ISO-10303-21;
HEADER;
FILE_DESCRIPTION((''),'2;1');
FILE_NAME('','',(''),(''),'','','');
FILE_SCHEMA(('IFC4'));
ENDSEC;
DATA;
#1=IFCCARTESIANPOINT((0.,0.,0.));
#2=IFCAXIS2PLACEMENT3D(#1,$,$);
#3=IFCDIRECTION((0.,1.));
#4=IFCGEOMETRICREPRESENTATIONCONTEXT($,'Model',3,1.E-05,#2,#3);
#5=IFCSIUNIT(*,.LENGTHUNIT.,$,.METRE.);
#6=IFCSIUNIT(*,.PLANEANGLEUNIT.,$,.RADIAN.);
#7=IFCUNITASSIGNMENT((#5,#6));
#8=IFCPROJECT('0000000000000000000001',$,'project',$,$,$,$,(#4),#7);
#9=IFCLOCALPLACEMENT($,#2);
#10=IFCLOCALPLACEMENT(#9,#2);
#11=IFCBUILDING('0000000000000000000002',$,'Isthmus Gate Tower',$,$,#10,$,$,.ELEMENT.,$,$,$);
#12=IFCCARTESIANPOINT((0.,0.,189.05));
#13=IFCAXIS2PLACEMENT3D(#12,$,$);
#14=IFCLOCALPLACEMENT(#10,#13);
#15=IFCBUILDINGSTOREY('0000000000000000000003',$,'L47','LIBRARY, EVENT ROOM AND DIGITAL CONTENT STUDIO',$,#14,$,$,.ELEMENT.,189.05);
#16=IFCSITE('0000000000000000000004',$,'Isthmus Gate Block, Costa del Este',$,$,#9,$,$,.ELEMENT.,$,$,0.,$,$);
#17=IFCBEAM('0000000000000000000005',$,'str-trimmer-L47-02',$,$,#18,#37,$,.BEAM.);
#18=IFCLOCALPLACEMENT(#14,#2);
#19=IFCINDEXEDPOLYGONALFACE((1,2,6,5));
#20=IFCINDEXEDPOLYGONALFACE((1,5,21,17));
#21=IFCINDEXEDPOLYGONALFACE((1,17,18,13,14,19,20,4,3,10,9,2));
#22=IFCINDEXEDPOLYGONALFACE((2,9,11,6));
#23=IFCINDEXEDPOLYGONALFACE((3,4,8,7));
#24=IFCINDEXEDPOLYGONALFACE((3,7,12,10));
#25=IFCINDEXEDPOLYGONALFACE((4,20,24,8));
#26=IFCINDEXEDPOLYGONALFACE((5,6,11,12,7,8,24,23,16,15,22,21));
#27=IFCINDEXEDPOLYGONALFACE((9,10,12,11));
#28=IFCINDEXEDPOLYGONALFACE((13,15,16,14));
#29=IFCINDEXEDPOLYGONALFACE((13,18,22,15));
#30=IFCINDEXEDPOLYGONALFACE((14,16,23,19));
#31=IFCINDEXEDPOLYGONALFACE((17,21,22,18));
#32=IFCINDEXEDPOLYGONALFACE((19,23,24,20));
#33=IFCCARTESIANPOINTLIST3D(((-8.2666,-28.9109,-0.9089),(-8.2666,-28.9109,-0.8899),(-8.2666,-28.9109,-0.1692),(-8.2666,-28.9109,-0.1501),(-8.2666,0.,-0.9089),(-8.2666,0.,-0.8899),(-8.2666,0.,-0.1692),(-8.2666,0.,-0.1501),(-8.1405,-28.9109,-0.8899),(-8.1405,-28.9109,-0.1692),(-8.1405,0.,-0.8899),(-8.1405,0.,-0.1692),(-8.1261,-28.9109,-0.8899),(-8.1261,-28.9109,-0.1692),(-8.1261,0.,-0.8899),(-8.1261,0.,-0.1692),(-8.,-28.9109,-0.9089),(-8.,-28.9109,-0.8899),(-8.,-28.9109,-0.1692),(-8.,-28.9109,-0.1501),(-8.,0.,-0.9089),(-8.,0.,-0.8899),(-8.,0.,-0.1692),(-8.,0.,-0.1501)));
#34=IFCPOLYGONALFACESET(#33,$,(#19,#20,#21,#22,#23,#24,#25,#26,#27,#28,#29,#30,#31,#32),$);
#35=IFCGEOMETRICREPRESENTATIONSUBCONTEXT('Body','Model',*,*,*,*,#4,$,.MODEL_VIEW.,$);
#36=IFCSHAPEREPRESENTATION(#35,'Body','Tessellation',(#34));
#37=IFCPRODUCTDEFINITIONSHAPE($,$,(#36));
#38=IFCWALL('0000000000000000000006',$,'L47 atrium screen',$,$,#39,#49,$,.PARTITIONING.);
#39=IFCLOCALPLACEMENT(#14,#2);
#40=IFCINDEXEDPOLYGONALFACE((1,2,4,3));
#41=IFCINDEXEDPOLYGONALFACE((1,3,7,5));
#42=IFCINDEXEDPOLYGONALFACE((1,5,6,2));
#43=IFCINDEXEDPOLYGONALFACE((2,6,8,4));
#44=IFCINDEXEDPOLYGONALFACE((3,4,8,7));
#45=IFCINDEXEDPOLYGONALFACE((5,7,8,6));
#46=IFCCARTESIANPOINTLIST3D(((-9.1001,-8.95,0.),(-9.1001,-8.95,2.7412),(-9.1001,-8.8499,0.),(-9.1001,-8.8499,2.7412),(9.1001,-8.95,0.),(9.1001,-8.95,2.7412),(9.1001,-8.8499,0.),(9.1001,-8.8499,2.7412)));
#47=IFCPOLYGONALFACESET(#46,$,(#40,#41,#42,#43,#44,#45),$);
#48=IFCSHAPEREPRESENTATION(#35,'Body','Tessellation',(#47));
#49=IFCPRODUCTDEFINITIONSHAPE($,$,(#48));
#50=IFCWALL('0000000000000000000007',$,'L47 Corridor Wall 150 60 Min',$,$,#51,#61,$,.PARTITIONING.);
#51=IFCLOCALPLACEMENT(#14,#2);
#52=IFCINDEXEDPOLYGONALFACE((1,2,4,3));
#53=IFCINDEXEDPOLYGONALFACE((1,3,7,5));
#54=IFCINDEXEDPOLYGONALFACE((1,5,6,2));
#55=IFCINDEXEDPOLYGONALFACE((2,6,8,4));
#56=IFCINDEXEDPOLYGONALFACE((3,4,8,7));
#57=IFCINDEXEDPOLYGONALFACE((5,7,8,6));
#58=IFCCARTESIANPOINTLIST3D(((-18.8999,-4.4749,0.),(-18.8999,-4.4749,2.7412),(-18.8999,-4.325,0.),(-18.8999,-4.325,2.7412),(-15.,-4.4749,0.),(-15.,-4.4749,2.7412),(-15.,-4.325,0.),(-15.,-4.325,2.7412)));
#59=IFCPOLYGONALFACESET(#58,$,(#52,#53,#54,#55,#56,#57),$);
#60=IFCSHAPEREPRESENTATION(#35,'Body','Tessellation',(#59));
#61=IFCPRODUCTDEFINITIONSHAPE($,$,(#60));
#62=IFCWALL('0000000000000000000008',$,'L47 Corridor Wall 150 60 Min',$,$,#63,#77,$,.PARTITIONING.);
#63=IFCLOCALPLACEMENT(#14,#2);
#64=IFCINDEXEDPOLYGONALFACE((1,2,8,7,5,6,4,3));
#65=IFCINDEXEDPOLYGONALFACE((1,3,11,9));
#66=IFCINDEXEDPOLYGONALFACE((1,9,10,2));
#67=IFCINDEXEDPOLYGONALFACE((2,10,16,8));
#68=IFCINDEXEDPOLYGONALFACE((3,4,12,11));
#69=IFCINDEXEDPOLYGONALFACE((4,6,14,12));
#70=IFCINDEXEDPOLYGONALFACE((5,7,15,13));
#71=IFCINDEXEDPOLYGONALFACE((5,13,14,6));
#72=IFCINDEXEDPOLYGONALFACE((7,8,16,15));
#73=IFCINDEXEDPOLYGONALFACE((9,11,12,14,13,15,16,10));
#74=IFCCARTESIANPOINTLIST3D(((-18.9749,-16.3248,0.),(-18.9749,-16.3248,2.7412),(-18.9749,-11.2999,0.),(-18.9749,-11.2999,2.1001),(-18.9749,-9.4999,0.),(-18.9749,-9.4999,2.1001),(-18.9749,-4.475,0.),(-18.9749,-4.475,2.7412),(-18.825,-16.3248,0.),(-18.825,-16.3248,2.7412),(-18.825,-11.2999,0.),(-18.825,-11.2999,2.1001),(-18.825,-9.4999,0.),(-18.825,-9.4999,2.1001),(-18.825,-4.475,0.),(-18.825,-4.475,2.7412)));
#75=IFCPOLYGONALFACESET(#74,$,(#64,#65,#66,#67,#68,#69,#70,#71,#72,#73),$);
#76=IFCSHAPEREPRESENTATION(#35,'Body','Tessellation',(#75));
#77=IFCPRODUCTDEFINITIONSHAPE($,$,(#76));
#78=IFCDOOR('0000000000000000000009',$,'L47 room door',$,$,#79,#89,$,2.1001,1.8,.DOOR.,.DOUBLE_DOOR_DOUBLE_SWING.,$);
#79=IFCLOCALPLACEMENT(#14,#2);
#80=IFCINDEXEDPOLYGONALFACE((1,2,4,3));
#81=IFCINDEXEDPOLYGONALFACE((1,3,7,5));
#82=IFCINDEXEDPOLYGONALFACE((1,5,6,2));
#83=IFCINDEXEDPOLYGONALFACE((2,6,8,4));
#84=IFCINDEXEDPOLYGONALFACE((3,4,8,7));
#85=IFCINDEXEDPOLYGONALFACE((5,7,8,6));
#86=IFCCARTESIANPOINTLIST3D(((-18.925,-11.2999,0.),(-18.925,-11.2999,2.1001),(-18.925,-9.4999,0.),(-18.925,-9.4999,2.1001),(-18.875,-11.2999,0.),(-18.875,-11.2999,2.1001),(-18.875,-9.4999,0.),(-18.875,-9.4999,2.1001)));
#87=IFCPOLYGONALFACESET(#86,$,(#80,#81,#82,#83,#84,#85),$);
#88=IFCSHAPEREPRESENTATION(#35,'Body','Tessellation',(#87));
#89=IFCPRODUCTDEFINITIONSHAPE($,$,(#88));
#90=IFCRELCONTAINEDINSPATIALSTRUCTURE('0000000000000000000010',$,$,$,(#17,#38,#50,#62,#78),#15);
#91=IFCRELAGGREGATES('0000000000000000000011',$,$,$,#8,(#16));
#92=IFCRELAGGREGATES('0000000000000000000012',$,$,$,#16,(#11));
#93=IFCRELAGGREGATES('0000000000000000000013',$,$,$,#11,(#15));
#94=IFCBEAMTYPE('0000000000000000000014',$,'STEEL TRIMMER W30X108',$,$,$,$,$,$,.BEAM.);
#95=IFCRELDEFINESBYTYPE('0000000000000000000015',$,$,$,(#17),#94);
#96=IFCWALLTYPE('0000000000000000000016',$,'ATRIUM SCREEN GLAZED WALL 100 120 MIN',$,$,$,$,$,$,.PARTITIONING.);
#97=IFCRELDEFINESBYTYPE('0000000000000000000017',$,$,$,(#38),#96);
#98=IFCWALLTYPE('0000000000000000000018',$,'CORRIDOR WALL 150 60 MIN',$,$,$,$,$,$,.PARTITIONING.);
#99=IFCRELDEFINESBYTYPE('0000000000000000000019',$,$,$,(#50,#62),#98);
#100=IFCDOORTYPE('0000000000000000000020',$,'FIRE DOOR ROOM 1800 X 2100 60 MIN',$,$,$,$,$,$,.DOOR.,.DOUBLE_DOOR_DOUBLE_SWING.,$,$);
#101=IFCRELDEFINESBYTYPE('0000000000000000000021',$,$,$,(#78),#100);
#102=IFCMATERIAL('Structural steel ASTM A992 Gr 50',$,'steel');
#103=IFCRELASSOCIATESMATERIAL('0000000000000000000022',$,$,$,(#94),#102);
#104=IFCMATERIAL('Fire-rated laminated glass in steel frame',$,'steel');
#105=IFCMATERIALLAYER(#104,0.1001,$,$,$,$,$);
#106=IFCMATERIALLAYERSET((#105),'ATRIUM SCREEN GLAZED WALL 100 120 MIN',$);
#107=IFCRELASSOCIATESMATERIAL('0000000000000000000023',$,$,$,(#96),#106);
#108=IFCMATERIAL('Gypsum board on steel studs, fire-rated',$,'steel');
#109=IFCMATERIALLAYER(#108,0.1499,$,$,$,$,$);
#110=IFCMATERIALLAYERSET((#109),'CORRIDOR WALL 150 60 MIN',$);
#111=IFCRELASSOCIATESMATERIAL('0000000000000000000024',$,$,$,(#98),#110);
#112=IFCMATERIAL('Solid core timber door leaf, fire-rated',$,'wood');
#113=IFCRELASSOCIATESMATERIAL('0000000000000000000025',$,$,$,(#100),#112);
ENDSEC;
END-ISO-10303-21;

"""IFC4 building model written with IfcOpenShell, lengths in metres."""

from ifc_helpers import new_model, si_unit, direction, frame, frame_2d, origin, origin_2d, place, context, subcontext, project, spatial, rectangle, i_section, extrude, material, layer, layer_set, material_profile, profile_set, type_object, element, fill, save


model = new_model("IFC4")

# Units and contexts
model_context = context("Model", 3, precision=1e-05, world=origin(), true_north=direction((0.0, 1.0)))
body_context = subcontext(model_context, "Body", "Model", "MODEL_VIEW")
ifc_project = project(units=[si_unit("LENGTHUNIT", "METRE"), si_unit("PLANEANGLEUNIT", "RADIAN")], contexts=[model_context])

# Site, building, storey
site_placement = place(None, origin())
site = spatial("IfcSite", under=ifc_project, at=site_placement, Name="Isthmus Gate Block, Costa del Este", CompositionType="ELEMENT", RefElevation=0.0)
building_placement = place(site_placement, origin())
building = spatial("IfcBuilding", under=site, at=building_placement, Name="Isthmus Gate Tower", CompositionType="ELEMENT")
storey_placement = place(building_placement, frame((0.0, 0.0, 189.05)))
storey = spatial("IfcBuildingStorey", under=building, at=storey_placement, Name="L47", Description="LIBRARY, EVENT ROOM AND DIGITAL CONTENT STUDIO", CompositionType="ELEMENT", Elevation=189.05)

# Beam
ifc_material_1 = material(Name="Structural steel ASTM A992 Gr 50", Category="steel")
ifc_material_profile_1 = material_profile(ifc_material_1, i_section(OverallWidth=0.2666, OverallDepth=0.7588, WebThickness=0.0144, FlangeThickness=0.019, at=origin_2d()), Name="W30X108")
ifc_profile_set_1 = profile_set([ifc_material_profile_1], Name="Structural steel ASTM A992 Gr 50")
beam_type_1 = type_object("IfcBeamType", Name="STEEL TRIMMER W30X108", PredefinedType="BEAM", material=ifc_profile_set_1)
beam_1_placement = place(storey_placement, frame((-8.1333, 0.0, -0.5295), z_axis=(0.0, -1.0, 0.0), x_axis=(1.0, 0.0, 0.0)))
element("IfcBeam", 1, at=beam_1_placement, inside=storey, type_object=beam_type_1, Name="str-trimmer-L47-02", PredefinedType="BEAM", context=body_context, shape_type="SweptSolid", body=[
    extrude(i_section(OverallWidth=0.2666, OverallDepth=0.7588, WebThickness=0.0144, FlangeThickness=0.019, at=origin_2d()), origin(), (0.0, 0.0, 1.0), 28.9109),
])

# Walls
ifc_material_2 = material(Name="Fire-rated laminated glass in steel frame", Category="steel")
ifc_layer_1 = layer(ifc_material_2, 0.1001)
ifc_layer_set_1 = layer_set([ifc_layer_1], Name="ATRIUM SCREEN GLAZED WALL 100 120 MIN")
wall_type_1 = type_object("IfcWallType", Name="ATRIUM SCREEN GLAZED WALL 100 120 MIN", PredefinedType="PARTITIONING", material=ifc_layer_set_1)
wall_1_placement = place(storey_placement, frame((-9.1001, -8.8999, 0.0), z_axis=(0.0, 0.0, 1.0), x_axis=(1.0, 0.0, 0.0)))
element("IfcWall", 2, at=wall_1_placement, inside=storey, type_object=wall_type_1, Name="L47 atrium screen", PredefinedType="PARTITIONING", context=body_context, shape_type="SweptSolid", body=[
    extrude(rectangle(XDim=18.2002, YDim=0.1001, at=frame_2d((9.1001, 0.0))), origin(), (0.0, 0.0, 1.0), 2.7412),
])
ifc_material_3 = material(Name="Gypsum board on steel studs, fire-rated", Category="steel")
ifc_layer_2 = layer(ifc_material_3, 0.1499)
ifc_layer_set_2 = layer_set([ifc_layer_2], Name="CORRIDOR WALL 150 60 MIN")
wall_type_2 = type_object("IfcWallType", Name="CORRIDOR WALL 150 60 MIN", PredefinedType="PARTITIONING", material=ifc_layer_set_2)
wall_2_placement = place(storey_placement, frame((-15.0, -4.3999, 0.0), z_axis=(0.0, 0.0, 1.0), x_axis=(-1.0, 0.0, 0.0)))
element("IfcWall", 3, at=wall_2_placement, inside=storey, type_object=wall_type_2, Name="L47 Corridor Wall 150 60 Min", PredefinedType="PARTITIONING", context=body_context, shape_type="SweptSolid", body=[
    extrude(rectangle(XDim=3.8999, YDim=0.1499, at=frame_2d((1.95, 0.0))), origin(), (0.0, 0.0, 1.0), 2.7412),
])

# Wall, opening, door
wall_3_placement = place(storey_placement, frame((-18.8999, -4.4751, 0.0), z_axis=(0.0, 0.0, 1.0), x_axis=(0.0, -1.0, 0.0)))
wall_3 = element("IfcWall", 4, at=wall_3_placement, inside=storey, type_object=wall_type_2, Name="L47 Corridor Wall 150 60 Min", PredefinedType="PARTITIONING", context=body_context, shape_type="SweptSolid", body=[
    extrude(rectangle(XDim=11.8499, YDim=0.1499, at=frame_2d((5.9248, 0.0))), origin(), (0.0, 0.0, 1.0), 2.7412),
])
opening_placement = place(wall_3_placement, frame((5.0249, 0.0, 0.0)))
opening = element("IfcOpeningElement", 5, at=opening_placement, cuts=wall_3, PredefinedType="OPENING", context=body_context, shape_type="SweptSolid", body=[
    extrude(rectangle(XDim=1.8, YDim=2.1001, at=frame_2d((0.8999, 1.05))), frame((0.0, 0.085, 0.0), z_axis=(0.0, -1.0, 0.0), x_axis=(1.0, 0.0, 0.0)), (0.0, 0.0, 1.0), 0.1699),
])
ifc_material_4 = material(Name="Solid core timber door leaf, fire-rated", Category="wood")
door_type = type_object("IfcDoorType", Name="FIRE DOOR ROOM 1800 X 2100 60 MIN", OperationType="DOUBLE_DOOR_DOUBLE_SWING", PredefinedType="DOOR", material=ifc_material_4)
door_placement = place(opening_placement, origin())
door = element("IfcDoor", 6, at=door_placement, inside=storey, type_object=door_type, Name="L47 room door", OperationType="DOUBLE_DOOR_DOUBLE_SWING", OverallHeight=2.1001, OverallWidth=1.8, PredefinedType="DOOR", context=body_context, shape_type="SweptSolid", body=[
    extrude(rectangle(XDim=1.8, YDim=2.1001, at=frame_2d((0.8999, 1.05))), frame((0.0, 0.0249, 0.0), z_axis=(0.0, -1.0, 0.0), x_axis=(1.0, 0.0, 0.0)), (0.0, 0.0, 1.0), 0.05),
])
fill(opening, door)

save(model, "model.ifc")
